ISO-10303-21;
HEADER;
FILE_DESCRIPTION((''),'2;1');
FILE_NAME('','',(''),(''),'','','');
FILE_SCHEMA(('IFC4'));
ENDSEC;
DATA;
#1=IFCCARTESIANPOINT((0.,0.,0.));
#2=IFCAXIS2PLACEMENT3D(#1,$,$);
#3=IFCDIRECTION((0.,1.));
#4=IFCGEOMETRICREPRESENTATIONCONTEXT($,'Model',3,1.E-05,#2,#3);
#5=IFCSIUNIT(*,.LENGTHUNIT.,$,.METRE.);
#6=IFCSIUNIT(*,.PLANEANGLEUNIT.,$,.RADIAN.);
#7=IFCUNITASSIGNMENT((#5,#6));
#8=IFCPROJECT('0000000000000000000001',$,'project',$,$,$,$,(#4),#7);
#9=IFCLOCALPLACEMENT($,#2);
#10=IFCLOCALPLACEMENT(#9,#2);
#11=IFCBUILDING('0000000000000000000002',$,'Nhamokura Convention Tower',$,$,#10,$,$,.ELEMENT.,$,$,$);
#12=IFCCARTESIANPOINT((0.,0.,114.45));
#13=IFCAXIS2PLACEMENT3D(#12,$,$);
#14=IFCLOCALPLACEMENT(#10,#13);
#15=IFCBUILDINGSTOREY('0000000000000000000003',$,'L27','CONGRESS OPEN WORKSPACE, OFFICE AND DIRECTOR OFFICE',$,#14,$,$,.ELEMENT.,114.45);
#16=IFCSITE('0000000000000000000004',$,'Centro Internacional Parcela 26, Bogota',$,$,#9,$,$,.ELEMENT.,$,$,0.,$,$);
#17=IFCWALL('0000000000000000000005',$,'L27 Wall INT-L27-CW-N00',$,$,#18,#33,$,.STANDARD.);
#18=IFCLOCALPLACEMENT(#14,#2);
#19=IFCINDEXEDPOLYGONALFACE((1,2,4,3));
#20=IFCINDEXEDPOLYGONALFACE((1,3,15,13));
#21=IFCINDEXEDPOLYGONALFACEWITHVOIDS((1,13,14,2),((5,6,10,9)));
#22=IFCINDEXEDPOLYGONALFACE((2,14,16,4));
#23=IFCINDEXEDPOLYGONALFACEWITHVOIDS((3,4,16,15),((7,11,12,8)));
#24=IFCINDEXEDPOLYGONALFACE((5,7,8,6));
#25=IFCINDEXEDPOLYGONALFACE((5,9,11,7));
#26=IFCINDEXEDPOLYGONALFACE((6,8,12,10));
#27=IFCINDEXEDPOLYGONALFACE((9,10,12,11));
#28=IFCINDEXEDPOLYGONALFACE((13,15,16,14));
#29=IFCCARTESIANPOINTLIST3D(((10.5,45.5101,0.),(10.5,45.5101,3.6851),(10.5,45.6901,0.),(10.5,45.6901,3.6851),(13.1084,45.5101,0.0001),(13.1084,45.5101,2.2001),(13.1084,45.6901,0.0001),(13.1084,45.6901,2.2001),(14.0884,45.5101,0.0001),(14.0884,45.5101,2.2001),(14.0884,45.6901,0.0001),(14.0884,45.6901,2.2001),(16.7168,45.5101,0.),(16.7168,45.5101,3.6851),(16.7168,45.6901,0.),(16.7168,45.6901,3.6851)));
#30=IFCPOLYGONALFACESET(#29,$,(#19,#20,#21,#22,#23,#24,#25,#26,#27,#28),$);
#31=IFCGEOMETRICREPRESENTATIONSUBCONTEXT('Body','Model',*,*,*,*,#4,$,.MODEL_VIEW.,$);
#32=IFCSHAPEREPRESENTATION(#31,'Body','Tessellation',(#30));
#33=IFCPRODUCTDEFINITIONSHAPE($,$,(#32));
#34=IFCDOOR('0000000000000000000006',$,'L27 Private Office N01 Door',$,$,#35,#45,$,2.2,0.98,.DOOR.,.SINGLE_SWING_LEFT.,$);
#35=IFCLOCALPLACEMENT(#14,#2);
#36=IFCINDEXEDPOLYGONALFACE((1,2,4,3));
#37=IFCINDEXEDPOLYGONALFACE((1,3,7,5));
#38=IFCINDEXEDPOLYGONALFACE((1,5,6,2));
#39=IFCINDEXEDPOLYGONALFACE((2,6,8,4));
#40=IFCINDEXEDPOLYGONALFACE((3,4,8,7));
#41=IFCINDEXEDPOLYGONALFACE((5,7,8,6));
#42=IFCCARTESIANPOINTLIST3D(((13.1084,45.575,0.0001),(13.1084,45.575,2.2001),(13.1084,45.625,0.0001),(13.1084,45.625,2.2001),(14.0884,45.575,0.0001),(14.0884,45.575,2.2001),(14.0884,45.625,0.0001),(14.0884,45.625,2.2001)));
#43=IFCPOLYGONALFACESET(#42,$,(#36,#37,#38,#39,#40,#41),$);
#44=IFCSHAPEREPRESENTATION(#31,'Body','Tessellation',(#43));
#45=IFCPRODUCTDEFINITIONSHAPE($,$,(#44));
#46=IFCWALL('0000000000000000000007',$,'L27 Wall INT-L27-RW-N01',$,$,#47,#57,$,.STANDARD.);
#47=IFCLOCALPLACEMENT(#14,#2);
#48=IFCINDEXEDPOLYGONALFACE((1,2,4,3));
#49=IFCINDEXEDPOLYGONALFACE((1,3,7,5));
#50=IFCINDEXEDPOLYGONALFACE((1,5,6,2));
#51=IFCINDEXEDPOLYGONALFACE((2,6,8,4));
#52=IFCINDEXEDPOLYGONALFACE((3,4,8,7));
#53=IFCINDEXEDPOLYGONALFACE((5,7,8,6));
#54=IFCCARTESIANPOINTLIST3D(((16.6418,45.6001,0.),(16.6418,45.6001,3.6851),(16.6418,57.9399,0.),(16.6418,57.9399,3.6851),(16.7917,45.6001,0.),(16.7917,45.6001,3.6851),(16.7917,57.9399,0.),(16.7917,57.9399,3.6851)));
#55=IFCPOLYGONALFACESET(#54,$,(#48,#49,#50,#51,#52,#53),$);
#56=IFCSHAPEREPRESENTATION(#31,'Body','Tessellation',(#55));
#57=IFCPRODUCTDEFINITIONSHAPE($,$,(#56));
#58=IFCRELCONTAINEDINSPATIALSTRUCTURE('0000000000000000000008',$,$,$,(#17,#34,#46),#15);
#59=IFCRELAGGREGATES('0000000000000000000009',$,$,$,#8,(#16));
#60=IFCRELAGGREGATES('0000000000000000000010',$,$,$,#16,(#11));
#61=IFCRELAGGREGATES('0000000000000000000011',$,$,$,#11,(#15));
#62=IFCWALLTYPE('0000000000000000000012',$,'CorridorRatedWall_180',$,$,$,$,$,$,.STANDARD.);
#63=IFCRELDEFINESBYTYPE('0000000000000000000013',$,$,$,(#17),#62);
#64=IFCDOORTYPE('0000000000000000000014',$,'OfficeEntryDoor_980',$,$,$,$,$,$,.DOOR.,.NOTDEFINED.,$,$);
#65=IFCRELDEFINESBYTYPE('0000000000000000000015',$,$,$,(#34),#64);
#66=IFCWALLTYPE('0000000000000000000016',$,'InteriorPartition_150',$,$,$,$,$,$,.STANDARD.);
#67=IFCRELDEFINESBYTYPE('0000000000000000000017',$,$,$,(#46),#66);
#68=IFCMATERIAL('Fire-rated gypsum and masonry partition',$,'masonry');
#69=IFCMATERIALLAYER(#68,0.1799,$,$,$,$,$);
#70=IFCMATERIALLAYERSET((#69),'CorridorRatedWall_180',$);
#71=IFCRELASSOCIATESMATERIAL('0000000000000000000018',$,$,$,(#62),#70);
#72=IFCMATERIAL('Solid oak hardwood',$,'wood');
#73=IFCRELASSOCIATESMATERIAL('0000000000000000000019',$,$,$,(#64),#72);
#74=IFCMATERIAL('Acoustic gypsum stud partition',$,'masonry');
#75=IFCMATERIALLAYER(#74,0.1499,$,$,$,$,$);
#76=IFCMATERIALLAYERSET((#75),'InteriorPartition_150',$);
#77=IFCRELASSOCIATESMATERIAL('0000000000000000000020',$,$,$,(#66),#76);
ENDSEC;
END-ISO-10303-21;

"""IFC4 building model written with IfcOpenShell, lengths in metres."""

from ifc_helpers import new_model, si_unit, direction, frame, frame_2d, origin, place, context, subcontext, project, spatial, rectangle, extrude, material, layer, layer_set, type_object, element, fill, save


model = new_model("IFC4")

# Units and contexts
model_context = context("Model", 3, precision=1e-05, world=origin(), true_north=direction((0.0, 1.0)))
body_context = subcontext(model_context, "Body", "Model", "MODEL_VIEW")
ifc_project = project(units=[si_unit("LENGTHUNIT", "METRE"), si_unit("PLANEANGLEUNIT", "RADIAN")], contexts=[model_context])

# Site, building, storey
site_placement = place(None, origin())
site = spatial("IfcSite", under=ifc_project, at=site_placement, Name="Centro Internacional Parcela 26, Bogota", CompositionType="ELEMENT", RefElevation=0.0)
building_placement = place(site_placement, origin())
building = spatial("IfcBuilding", under=site, at=building_placement, Name="Nhamokura Convention Tower", CompositionType="ELEMENT")
storey_placement = place(building_placement, frame((0.0, 0.0, 114.45)))
storey = spatial("IfcBuildingStorey", under=building, at=storey_placement, Name="L27", Description="CONGRESS OPEN WORKSPACE, OFFICE AND DIRECTOR OFFICE", CompositionType="ELEMENT", Elevation=114.45)

# Wall, opening, door
ifc_material_1 = material(Name="Fire-rated gypsum and masonry partition", Category="masonry")
ifc_layer_1 = layer(ifc_material_1, 0.1799)
ifc_layer_set_1 = layer_set([ifc_layer_1], Name="CorridorRatedWall_180")
wall_type_1 = type_object("IfcWallType", Name="CorridorRatedWall_180", PredefinedType="STANDARD", material=ifc_layer_set_1)
wall_1_placement = place(storey_placement, frame((10.5, 45.6001, 0.0), z_axis=(0.0, 0.0, 1.0), x_axis=(1.0, 0.0, 0.0)))
wall_1 = element("IfcWall", 1, at=wall_1_placement, inside=storey, type_object=wall_type_1, Name="L27 Wall INT-L27-CW-N00", PredefinedType="STANDARD", context=body_context, shape_type="SweptSolid", body=[
    extrude(rectangle(XDim=6.2168, YDim=0.1799, at=frame_2d((3.1084, 0.0))), origin(), (0.0, 0.0, 1.0), 3.6851),
])
opening_placement = place(wall_1_placement, frame((2.6084, 0.0, 0.0)))
opening = element("IfcOpeningElement", 2, at=opening_placement, cuts=wall_1, PredefinedType="OPENING", context=body_context, shape_type="SweptSolid", body=[
    extrude(rectangle(XDim=0.98, YDim=2.2, at=frame_2d((0.49, 1.1001))), frame((0.0, 0.0999, 0.0), z_axis=(0.0, -1.0, 0.0), x_axis=(1.0, 0.0, 0.0)), (0.0, 0.0, 1.0), 0.2),
])
ifc_material_2 = material(Name="Solid oak hardwood", Category="wood")
door_type = type_object("IfcDoorType", Name="OfficeEntryDoor_980", OperationType="NOTDEFINED", PredefinedType="DOOR", material=ifc_material_2)
door_placement = place(opening_placement, origin())
door = element("IfcDoor", 3, at=door_placement, inside=storey, type_object=door_type, Name="L27 Private Office N01 Door", OperationType="SINGLE_SWING_LEFT", OverallHeight=2.2, OverallWidth=0.98, PredefinedType="DOOR", context=body_context, shape_type="SweptSolid", body=[
    extrude(rectangle(XDim=0.98, YDim=2.2, at=frame_2d((0.49, 1.1001))), frame((0.0, 0.0249, 0.0), z_axis=(0.0, -1.0, 0.0), x_axis=(1.0, 0.0, 0.0)), (0.0, 0.0, 1.0), 0.05),
])
fill(opening, door)

# Wall
ifc_material_3 = material(Name="Acoustic gypsum stud partition", Category="masonry")
ifc_layer_2 = layer(ifc_material_3, 0.1499)
ifc_layer_set_2 = layer_set([ifc_layer_2], Name="InteriorPartition_150")
wall_type_2 = type_object("IfcWallType", Name="InteriorPartition_150", PredefinedType="STANDARD", material=ifc_layer_set_2)
wall_2_placement = place(storey_placement, frame((16.7168, 45.6001, 0.0), z_axis=(0.0, 0.0, 1.0), x_axis=(0.0, 1.0, 0.0)))
element("IfcWall", 4, at=wall_2_placement, inside=storey, type_object=wall_type_2, Name="L27 Wall INT-L27-RW-N01", PredefinedType="STANDARD", context=body_context, shape_type="SweptSolid", body=[
    extrude(rectangle(XDim=12.3398, YDim=0.1499, at=frame_2d((6.1699, 0.0))), origin(), (0.0, 0.0, 1.0), 3.6851),
])

save(model, "model.ifc")
